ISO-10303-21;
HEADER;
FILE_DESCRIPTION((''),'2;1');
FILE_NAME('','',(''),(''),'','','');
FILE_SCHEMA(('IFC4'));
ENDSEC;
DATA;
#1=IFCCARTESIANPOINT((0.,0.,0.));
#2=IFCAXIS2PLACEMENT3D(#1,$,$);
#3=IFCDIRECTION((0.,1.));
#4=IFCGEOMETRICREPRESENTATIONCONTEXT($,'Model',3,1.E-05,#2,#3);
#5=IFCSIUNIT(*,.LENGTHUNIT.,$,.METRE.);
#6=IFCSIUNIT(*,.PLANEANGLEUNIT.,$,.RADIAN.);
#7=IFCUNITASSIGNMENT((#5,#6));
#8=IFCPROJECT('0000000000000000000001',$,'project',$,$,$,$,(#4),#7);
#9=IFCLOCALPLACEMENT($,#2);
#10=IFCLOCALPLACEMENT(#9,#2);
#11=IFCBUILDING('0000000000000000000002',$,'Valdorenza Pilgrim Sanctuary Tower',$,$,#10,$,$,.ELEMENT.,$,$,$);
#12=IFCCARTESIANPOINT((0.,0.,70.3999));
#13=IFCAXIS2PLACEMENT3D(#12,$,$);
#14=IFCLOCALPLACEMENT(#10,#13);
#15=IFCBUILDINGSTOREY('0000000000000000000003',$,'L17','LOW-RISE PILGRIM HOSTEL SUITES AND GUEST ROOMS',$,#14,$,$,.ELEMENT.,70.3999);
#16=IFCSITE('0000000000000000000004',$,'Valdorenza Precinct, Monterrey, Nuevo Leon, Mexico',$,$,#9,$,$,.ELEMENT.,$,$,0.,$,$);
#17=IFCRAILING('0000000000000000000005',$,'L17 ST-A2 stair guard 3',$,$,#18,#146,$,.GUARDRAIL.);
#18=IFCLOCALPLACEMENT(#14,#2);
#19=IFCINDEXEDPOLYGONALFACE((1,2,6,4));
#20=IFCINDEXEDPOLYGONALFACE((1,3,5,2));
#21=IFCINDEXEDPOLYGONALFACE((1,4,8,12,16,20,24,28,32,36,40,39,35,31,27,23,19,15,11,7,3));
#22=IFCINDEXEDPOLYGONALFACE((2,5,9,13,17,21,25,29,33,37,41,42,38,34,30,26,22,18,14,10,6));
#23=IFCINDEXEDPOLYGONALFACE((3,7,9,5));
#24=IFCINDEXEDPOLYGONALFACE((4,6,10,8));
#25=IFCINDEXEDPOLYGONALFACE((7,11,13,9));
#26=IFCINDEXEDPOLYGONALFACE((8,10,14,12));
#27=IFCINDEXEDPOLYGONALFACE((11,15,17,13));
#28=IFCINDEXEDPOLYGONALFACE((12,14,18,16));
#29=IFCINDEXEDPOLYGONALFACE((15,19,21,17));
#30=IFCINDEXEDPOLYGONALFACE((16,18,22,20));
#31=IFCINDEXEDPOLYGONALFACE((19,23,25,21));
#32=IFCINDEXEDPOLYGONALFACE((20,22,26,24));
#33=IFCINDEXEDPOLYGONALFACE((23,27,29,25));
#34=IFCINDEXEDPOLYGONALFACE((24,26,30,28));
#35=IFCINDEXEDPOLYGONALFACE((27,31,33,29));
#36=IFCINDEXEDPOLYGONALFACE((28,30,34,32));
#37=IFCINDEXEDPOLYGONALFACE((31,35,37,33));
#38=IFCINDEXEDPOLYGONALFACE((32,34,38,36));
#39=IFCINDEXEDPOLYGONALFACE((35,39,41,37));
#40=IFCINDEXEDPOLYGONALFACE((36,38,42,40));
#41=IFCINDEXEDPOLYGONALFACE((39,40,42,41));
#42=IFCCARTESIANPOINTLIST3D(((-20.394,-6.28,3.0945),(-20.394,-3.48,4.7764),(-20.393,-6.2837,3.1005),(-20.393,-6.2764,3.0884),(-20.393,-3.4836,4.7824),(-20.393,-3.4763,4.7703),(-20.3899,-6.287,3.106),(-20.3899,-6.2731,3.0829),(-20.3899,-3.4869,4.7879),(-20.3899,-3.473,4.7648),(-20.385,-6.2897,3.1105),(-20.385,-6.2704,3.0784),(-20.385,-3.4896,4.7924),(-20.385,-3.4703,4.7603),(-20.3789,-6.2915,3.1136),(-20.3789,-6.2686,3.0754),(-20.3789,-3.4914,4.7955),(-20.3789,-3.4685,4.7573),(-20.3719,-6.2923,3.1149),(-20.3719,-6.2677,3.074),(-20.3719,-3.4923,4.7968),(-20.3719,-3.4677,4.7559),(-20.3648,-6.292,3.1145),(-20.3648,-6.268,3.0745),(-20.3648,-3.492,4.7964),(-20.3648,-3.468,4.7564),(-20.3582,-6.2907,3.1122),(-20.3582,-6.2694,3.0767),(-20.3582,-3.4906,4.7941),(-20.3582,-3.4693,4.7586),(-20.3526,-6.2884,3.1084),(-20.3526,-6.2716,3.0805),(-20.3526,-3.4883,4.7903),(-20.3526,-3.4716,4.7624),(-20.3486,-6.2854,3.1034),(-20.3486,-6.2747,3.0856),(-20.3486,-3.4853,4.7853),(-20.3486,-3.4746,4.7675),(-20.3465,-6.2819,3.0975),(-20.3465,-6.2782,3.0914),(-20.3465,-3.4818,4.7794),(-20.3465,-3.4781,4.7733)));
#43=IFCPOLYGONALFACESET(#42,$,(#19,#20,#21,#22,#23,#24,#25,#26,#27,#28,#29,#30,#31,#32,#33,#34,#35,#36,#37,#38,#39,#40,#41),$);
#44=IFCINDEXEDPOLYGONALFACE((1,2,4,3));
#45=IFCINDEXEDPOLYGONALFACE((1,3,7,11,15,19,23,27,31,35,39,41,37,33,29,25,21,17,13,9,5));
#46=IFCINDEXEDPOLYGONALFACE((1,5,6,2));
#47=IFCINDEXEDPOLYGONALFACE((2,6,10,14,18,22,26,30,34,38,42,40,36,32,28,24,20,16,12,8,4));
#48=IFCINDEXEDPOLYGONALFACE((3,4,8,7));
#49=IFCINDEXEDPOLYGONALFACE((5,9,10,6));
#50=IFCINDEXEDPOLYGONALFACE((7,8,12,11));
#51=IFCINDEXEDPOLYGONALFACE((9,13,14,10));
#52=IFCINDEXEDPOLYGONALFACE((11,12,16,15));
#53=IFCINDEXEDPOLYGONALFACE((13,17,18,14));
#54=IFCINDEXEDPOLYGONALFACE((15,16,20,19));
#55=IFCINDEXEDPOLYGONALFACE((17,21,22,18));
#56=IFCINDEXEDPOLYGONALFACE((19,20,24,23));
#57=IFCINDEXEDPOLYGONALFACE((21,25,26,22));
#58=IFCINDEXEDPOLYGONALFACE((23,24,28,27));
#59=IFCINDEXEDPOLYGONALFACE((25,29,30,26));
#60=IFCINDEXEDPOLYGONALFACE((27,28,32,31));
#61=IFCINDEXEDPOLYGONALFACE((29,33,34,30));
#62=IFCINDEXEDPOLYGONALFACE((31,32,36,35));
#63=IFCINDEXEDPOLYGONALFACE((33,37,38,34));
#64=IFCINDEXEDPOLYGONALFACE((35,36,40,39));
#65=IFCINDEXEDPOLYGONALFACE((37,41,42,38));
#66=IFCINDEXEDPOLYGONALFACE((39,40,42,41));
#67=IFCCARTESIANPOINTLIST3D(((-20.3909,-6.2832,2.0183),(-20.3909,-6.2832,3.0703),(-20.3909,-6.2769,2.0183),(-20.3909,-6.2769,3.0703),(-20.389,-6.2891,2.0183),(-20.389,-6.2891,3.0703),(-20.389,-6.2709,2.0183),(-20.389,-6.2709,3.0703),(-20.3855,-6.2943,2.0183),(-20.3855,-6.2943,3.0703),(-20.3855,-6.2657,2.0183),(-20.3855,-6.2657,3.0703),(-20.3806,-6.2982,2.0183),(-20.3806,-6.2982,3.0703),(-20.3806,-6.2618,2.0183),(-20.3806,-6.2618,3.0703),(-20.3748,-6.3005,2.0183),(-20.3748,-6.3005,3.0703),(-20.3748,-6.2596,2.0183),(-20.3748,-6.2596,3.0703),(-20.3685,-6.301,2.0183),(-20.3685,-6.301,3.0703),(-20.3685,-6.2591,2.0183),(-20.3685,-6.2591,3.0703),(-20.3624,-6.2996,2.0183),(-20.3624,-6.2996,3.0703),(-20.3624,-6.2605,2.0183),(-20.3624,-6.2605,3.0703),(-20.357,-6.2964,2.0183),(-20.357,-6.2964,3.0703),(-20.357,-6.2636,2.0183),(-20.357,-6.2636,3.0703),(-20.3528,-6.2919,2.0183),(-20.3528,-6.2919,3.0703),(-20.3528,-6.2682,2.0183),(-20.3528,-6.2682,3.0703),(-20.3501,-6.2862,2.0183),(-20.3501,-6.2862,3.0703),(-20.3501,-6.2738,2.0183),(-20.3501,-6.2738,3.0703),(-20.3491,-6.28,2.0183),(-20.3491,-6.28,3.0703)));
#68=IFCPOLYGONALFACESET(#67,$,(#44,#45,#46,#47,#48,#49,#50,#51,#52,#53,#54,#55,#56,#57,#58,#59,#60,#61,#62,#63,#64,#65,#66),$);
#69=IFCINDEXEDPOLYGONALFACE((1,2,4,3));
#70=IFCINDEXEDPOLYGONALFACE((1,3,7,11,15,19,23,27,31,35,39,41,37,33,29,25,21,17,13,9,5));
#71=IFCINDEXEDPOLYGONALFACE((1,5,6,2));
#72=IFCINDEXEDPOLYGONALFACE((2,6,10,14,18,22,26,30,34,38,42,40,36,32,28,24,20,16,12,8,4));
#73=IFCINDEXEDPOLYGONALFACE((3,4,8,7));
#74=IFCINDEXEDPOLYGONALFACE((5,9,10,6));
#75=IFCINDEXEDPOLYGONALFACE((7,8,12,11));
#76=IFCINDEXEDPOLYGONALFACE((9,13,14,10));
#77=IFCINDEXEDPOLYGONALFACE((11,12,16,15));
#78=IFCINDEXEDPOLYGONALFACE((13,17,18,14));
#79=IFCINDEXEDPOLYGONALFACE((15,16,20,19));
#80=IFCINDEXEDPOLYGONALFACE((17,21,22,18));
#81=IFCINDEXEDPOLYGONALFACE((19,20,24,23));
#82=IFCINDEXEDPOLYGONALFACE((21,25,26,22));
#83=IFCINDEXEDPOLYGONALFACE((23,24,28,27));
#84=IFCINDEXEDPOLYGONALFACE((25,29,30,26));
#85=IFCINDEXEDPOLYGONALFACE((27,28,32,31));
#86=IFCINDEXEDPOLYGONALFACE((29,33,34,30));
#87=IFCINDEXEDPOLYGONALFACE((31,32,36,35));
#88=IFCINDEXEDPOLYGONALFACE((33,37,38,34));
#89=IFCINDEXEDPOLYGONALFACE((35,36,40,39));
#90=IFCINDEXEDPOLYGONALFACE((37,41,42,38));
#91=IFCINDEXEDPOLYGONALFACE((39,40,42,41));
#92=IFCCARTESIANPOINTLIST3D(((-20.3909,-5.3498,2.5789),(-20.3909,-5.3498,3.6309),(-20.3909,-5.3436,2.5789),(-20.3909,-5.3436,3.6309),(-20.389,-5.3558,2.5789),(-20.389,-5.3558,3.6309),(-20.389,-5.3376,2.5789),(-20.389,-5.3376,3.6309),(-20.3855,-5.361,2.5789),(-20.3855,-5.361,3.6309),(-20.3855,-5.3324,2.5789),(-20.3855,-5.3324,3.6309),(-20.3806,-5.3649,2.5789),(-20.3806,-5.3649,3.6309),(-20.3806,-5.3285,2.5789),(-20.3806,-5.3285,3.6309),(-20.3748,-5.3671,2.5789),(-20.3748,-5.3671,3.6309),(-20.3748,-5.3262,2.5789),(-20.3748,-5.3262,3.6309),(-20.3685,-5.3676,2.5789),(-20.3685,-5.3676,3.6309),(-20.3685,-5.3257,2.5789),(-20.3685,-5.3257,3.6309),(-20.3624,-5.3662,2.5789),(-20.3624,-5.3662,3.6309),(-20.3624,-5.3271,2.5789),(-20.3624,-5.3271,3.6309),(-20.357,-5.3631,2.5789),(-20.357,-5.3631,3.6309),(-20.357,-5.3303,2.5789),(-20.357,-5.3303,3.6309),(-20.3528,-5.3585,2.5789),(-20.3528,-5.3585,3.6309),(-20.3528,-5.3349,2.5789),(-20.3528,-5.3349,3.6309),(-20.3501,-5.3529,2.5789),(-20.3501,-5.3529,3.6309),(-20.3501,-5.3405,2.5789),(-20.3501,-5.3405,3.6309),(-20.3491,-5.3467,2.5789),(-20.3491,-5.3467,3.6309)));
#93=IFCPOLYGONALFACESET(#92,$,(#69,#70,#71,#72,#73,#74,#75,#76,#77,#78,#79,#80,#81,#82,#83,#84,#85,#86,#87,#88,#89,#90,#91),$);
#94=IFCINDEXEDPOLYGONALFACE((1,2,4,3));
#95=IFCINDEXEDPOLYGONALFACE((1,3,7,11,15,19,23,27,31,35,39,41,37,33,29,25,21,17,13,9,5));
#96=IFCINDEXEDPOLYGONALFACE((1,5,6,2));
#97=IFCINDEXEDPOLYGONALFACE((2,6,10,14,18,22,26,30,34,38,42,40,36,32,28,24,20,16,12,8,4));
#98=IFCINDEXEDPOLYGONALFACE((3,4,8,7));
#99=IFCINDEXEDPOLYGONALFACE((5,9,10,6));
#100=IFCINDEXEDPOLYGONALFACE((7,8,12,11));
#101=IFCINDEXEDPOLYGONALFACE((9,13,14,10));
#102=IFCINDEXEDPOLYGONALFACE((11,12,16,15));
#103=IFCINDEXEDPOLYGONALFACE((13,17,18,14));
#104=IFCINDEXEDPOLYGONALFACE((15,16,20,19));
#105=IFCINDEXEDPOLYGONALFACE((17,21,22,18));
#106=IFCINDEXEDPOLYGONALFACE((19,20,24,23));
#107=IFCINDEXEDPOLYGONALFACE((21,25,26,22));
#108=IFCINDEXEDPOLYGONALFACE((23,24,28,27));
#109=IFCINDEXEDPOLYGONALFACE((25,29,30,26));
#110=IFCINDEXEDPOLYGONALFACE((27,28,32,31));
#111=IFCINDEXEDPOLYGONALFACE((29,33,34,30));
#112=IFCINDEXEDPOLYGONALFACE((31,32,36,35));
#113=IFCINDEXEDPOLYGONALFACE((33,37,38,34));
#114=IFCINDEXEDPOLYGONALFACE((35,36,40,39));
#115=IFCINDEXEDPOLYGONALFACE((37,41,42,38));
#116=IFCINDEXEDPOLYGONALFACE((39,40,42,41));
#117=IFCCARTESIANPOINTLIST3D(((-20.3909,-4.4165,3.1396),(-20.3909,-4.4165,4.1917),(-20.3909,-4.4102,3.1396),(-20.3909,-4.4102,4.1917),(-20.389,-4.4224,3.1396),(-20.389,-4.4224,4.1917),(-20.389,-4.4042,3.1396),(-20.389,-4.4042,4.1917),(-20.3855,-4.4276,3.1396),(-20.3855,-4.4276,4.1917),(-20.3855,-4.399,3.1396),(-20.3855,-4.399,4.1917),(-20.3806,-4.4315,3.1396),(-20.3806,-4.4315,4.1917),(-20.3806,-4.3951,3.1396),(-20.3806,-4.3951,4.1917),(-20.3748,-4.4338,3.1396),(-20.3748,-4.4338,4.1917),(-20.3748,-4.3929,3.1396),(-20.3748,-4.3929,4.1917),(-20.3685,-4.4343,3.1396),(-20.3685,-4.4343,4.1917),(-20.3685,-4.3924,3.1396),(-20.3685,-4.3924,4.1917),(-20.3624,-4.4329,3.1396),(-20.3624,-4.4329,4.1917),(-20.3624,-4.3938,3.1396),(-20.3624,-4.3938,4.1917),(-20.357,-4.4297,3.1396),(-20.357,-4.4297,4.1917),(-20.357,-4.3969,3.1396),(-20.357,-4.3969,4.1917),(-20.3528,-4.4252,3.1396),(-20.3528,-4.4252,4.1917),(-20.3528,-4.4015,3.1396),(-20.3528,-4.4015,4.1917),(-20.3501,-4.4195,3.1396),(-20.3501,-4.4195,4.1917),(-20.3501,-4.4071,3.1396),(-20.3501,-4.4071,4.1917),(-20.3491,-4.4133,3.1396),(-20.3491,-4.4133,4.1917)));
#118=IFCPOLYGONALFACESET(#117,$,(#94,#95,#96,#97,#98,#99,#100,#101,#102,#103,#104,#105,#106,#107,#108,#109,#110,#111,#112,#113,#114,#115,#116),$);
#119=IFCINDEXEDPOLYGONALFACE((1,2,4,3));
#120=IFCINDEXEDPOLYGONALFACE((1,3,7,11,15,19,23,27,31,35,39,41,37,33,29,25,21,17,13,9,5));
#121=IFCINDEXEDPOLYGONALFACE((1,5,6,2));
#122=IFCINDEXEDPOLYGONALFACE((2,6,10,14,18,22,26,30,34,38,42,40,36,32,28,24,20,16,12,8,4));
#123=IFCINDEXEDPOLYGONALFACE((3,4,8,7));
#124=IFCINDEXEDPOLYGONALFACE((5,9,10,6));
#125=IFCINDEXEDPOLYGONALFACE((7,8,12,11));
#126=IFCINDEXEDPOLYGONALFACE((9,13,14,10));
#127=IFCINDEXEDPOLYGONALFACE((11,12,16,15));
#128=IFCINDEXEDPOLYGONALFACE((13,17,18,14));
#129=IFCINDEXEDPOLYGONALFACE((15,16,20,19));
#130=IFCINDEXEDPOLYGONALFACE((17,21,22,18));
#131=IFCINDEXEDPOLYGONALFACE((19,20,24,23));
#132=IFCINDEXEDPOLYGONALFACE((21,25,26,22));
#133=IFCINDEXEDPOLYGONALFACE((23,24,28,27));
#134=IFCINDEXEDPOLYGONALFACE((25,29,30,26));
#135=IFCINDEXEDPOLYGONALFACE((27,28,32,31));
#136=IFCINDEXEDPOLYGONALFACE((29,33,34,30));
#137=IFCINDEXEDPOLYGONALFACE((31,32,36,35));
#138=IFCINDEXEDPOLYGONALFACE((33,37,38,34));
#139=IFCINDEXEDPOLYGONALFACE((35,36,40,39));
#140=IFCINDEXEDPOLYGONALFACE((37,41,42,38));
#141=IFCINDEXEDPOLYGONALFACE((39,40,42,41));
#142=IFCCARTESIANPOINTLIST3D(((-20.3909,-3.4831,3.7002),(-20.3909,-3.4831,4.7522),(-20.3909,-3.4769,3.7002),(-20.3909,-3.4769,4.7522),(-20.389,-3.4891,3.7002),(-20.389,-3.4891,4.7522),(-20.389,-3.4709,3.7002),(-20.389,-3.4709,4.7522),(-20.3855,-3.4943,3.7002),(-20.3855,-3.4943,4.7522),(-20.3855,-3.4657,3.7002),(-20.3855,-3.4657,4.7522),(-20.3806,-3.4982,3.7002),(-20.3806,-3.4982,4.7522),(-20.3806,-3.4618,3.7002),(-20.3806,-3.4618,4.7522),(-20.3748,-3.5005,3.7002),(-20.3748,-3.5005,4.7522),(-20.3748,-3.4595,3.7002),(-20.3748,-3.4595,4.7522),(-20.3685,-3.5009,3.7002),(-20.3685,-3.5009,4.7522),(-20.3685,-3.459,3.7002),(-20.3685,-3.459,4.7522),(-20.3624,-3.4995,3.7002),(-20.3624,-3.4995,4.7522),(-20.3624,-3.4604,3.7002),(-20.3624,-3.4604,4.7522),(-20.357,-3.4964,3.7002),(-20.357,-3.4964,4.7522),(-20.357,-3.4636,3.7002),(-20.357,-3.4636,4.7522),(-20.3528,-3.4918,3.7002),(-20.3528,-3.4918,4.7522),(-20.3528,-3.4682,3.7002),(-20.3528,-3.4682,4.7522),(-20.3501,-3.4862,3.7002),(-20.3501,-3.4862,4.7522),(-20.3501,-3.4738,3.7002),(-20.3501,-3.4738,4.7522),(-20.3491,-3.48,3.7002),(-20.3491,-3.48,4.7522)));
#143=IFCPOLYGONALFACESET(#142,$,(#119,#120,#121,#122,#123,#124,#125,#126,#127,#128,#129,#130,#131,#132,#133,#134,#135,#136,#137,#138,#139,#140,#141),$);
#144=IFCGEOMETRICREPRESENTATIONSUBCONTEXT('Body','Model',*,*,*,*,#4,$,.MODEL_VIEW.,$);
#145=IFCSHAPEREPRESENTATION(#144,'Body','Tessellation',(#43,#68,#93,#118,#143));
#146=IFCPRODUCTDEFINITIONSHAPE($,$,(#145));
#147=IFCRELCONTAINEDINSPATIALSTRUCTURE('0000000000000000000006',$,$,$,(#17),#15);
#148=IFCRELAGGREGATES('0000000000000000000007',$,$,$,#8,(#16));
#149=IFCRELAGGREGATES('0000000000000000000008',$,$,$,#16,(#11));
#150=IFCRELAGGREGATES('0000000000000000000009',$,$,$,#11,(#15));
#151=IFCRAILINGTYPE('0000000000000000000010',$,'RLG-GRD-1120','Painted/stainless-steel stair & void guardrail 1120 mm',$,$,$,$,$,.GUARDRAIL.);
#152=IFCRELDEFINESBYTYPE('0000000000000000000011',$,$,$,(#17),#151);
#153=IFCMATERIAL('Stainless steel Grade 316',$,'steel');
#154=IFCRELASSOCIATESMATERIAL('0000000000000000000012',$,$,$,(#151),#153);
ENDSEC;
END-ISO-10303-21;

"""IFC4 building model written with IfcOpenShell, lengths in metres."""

from ifc_helpers import new_model, si_unit, direction, frame, origin, origin_2d, place, context, subcontext, project, spatial, circle, extrude, material, type_object, element, save


model = new_model("IFC4")

# Units and contexts
model_context = context("Model", 3, precision=1e-05, world=origin(), true_north=direction((0.0, 1.0)))
body_context = subcontext(model_context, "Body", "Model", "MODEL_VIEW")
ifc_project = project(units=[si_unit("LENGTHUNIT", "METRE"), si_unit("PLANEANGLEUNIT", "RADIAN")], contexts=[model_context])

# Site, building, storey
site_placement = place(None, origin())
site = spatial("IfcSite", under=ifc_project, at=site_placement, Name="Valdorenza Precinct, Monterrey, Nuevo Leon, Mexico", CompositionType="ELEMENT", RefElevation=0.0)
building_placement = place(site_placement, origin())
building = spatial("IfcBuilding", under=site, at=building_placement, Name="Valdorenza Pilgrim Sanctuary Tower", CompositionType="ELEMENT")
storey_placement = place(building_placement, frame((0.0, 0.0, 70.3999)))
storey = spatial("IfcBuildingStorey", under=building, at=storey_placement, Name="L17", Description="LOW-RISE PILGRIM HOSTEL SUITES AND GUEST ROOMS", CompositionType="ELEMENT", Elevation=70.3999)

# Railing
ifc_material_1 = material(Name="Stainless steel Grade 316", Category="steel")
railing_type_1 = type_object("IfcRailingType", Name="RLG-GRD-1120", Description="Painted/stainless-steel stair & void guardrail 1120 mm", PredefinedType="GUARDRAIL", material=ifc_material_1)
railing_1_placement = place(storey_placement, frame((-20.3701, -6.28, 2.0183)))
element("IfcRailing", 1, at=railing_1_placement, inside=storey, type_object=railing_type_1, Name="L17 ST-A2 stair guard 3", PredefinedType="GUARDRAIL", context=body_context, shape_type="SweptSolid", body=[
    extrude(circle(Radius=0.0239, at=origin_2d()), frame((0.0, 0.0, 1.0762), z_axis=(0.0, 0.857242, 0.514913), x_axis=(-1.0, 0.0, 0.0)), (0.0, 0.0, 1.0), 3.2664),
    extrude(circle(Radius=0.021, at=origin_2d()), origin(), (0.0, 0.0, 1.0), 1.052),
    extrude(circle(Radius=0.021, at=origin_2d()), frame((0.0, 0.9333, 0.5605)), (0.0, 0.0, 1.0), 1.052),
    extrude(circle(Radius=0.021, at=origin_2d()), frame((0.0, 1.8667, 1.1213)), (0.0, 0.0, 1.0), 1.052),
    extrude(circle(Radius=0.021, at=origin_2d()), frame((0.0, 2.8, 1.6819)), (0.0, 0.0, 1.0), 1.052),
])

save(model, "model.ifc")
